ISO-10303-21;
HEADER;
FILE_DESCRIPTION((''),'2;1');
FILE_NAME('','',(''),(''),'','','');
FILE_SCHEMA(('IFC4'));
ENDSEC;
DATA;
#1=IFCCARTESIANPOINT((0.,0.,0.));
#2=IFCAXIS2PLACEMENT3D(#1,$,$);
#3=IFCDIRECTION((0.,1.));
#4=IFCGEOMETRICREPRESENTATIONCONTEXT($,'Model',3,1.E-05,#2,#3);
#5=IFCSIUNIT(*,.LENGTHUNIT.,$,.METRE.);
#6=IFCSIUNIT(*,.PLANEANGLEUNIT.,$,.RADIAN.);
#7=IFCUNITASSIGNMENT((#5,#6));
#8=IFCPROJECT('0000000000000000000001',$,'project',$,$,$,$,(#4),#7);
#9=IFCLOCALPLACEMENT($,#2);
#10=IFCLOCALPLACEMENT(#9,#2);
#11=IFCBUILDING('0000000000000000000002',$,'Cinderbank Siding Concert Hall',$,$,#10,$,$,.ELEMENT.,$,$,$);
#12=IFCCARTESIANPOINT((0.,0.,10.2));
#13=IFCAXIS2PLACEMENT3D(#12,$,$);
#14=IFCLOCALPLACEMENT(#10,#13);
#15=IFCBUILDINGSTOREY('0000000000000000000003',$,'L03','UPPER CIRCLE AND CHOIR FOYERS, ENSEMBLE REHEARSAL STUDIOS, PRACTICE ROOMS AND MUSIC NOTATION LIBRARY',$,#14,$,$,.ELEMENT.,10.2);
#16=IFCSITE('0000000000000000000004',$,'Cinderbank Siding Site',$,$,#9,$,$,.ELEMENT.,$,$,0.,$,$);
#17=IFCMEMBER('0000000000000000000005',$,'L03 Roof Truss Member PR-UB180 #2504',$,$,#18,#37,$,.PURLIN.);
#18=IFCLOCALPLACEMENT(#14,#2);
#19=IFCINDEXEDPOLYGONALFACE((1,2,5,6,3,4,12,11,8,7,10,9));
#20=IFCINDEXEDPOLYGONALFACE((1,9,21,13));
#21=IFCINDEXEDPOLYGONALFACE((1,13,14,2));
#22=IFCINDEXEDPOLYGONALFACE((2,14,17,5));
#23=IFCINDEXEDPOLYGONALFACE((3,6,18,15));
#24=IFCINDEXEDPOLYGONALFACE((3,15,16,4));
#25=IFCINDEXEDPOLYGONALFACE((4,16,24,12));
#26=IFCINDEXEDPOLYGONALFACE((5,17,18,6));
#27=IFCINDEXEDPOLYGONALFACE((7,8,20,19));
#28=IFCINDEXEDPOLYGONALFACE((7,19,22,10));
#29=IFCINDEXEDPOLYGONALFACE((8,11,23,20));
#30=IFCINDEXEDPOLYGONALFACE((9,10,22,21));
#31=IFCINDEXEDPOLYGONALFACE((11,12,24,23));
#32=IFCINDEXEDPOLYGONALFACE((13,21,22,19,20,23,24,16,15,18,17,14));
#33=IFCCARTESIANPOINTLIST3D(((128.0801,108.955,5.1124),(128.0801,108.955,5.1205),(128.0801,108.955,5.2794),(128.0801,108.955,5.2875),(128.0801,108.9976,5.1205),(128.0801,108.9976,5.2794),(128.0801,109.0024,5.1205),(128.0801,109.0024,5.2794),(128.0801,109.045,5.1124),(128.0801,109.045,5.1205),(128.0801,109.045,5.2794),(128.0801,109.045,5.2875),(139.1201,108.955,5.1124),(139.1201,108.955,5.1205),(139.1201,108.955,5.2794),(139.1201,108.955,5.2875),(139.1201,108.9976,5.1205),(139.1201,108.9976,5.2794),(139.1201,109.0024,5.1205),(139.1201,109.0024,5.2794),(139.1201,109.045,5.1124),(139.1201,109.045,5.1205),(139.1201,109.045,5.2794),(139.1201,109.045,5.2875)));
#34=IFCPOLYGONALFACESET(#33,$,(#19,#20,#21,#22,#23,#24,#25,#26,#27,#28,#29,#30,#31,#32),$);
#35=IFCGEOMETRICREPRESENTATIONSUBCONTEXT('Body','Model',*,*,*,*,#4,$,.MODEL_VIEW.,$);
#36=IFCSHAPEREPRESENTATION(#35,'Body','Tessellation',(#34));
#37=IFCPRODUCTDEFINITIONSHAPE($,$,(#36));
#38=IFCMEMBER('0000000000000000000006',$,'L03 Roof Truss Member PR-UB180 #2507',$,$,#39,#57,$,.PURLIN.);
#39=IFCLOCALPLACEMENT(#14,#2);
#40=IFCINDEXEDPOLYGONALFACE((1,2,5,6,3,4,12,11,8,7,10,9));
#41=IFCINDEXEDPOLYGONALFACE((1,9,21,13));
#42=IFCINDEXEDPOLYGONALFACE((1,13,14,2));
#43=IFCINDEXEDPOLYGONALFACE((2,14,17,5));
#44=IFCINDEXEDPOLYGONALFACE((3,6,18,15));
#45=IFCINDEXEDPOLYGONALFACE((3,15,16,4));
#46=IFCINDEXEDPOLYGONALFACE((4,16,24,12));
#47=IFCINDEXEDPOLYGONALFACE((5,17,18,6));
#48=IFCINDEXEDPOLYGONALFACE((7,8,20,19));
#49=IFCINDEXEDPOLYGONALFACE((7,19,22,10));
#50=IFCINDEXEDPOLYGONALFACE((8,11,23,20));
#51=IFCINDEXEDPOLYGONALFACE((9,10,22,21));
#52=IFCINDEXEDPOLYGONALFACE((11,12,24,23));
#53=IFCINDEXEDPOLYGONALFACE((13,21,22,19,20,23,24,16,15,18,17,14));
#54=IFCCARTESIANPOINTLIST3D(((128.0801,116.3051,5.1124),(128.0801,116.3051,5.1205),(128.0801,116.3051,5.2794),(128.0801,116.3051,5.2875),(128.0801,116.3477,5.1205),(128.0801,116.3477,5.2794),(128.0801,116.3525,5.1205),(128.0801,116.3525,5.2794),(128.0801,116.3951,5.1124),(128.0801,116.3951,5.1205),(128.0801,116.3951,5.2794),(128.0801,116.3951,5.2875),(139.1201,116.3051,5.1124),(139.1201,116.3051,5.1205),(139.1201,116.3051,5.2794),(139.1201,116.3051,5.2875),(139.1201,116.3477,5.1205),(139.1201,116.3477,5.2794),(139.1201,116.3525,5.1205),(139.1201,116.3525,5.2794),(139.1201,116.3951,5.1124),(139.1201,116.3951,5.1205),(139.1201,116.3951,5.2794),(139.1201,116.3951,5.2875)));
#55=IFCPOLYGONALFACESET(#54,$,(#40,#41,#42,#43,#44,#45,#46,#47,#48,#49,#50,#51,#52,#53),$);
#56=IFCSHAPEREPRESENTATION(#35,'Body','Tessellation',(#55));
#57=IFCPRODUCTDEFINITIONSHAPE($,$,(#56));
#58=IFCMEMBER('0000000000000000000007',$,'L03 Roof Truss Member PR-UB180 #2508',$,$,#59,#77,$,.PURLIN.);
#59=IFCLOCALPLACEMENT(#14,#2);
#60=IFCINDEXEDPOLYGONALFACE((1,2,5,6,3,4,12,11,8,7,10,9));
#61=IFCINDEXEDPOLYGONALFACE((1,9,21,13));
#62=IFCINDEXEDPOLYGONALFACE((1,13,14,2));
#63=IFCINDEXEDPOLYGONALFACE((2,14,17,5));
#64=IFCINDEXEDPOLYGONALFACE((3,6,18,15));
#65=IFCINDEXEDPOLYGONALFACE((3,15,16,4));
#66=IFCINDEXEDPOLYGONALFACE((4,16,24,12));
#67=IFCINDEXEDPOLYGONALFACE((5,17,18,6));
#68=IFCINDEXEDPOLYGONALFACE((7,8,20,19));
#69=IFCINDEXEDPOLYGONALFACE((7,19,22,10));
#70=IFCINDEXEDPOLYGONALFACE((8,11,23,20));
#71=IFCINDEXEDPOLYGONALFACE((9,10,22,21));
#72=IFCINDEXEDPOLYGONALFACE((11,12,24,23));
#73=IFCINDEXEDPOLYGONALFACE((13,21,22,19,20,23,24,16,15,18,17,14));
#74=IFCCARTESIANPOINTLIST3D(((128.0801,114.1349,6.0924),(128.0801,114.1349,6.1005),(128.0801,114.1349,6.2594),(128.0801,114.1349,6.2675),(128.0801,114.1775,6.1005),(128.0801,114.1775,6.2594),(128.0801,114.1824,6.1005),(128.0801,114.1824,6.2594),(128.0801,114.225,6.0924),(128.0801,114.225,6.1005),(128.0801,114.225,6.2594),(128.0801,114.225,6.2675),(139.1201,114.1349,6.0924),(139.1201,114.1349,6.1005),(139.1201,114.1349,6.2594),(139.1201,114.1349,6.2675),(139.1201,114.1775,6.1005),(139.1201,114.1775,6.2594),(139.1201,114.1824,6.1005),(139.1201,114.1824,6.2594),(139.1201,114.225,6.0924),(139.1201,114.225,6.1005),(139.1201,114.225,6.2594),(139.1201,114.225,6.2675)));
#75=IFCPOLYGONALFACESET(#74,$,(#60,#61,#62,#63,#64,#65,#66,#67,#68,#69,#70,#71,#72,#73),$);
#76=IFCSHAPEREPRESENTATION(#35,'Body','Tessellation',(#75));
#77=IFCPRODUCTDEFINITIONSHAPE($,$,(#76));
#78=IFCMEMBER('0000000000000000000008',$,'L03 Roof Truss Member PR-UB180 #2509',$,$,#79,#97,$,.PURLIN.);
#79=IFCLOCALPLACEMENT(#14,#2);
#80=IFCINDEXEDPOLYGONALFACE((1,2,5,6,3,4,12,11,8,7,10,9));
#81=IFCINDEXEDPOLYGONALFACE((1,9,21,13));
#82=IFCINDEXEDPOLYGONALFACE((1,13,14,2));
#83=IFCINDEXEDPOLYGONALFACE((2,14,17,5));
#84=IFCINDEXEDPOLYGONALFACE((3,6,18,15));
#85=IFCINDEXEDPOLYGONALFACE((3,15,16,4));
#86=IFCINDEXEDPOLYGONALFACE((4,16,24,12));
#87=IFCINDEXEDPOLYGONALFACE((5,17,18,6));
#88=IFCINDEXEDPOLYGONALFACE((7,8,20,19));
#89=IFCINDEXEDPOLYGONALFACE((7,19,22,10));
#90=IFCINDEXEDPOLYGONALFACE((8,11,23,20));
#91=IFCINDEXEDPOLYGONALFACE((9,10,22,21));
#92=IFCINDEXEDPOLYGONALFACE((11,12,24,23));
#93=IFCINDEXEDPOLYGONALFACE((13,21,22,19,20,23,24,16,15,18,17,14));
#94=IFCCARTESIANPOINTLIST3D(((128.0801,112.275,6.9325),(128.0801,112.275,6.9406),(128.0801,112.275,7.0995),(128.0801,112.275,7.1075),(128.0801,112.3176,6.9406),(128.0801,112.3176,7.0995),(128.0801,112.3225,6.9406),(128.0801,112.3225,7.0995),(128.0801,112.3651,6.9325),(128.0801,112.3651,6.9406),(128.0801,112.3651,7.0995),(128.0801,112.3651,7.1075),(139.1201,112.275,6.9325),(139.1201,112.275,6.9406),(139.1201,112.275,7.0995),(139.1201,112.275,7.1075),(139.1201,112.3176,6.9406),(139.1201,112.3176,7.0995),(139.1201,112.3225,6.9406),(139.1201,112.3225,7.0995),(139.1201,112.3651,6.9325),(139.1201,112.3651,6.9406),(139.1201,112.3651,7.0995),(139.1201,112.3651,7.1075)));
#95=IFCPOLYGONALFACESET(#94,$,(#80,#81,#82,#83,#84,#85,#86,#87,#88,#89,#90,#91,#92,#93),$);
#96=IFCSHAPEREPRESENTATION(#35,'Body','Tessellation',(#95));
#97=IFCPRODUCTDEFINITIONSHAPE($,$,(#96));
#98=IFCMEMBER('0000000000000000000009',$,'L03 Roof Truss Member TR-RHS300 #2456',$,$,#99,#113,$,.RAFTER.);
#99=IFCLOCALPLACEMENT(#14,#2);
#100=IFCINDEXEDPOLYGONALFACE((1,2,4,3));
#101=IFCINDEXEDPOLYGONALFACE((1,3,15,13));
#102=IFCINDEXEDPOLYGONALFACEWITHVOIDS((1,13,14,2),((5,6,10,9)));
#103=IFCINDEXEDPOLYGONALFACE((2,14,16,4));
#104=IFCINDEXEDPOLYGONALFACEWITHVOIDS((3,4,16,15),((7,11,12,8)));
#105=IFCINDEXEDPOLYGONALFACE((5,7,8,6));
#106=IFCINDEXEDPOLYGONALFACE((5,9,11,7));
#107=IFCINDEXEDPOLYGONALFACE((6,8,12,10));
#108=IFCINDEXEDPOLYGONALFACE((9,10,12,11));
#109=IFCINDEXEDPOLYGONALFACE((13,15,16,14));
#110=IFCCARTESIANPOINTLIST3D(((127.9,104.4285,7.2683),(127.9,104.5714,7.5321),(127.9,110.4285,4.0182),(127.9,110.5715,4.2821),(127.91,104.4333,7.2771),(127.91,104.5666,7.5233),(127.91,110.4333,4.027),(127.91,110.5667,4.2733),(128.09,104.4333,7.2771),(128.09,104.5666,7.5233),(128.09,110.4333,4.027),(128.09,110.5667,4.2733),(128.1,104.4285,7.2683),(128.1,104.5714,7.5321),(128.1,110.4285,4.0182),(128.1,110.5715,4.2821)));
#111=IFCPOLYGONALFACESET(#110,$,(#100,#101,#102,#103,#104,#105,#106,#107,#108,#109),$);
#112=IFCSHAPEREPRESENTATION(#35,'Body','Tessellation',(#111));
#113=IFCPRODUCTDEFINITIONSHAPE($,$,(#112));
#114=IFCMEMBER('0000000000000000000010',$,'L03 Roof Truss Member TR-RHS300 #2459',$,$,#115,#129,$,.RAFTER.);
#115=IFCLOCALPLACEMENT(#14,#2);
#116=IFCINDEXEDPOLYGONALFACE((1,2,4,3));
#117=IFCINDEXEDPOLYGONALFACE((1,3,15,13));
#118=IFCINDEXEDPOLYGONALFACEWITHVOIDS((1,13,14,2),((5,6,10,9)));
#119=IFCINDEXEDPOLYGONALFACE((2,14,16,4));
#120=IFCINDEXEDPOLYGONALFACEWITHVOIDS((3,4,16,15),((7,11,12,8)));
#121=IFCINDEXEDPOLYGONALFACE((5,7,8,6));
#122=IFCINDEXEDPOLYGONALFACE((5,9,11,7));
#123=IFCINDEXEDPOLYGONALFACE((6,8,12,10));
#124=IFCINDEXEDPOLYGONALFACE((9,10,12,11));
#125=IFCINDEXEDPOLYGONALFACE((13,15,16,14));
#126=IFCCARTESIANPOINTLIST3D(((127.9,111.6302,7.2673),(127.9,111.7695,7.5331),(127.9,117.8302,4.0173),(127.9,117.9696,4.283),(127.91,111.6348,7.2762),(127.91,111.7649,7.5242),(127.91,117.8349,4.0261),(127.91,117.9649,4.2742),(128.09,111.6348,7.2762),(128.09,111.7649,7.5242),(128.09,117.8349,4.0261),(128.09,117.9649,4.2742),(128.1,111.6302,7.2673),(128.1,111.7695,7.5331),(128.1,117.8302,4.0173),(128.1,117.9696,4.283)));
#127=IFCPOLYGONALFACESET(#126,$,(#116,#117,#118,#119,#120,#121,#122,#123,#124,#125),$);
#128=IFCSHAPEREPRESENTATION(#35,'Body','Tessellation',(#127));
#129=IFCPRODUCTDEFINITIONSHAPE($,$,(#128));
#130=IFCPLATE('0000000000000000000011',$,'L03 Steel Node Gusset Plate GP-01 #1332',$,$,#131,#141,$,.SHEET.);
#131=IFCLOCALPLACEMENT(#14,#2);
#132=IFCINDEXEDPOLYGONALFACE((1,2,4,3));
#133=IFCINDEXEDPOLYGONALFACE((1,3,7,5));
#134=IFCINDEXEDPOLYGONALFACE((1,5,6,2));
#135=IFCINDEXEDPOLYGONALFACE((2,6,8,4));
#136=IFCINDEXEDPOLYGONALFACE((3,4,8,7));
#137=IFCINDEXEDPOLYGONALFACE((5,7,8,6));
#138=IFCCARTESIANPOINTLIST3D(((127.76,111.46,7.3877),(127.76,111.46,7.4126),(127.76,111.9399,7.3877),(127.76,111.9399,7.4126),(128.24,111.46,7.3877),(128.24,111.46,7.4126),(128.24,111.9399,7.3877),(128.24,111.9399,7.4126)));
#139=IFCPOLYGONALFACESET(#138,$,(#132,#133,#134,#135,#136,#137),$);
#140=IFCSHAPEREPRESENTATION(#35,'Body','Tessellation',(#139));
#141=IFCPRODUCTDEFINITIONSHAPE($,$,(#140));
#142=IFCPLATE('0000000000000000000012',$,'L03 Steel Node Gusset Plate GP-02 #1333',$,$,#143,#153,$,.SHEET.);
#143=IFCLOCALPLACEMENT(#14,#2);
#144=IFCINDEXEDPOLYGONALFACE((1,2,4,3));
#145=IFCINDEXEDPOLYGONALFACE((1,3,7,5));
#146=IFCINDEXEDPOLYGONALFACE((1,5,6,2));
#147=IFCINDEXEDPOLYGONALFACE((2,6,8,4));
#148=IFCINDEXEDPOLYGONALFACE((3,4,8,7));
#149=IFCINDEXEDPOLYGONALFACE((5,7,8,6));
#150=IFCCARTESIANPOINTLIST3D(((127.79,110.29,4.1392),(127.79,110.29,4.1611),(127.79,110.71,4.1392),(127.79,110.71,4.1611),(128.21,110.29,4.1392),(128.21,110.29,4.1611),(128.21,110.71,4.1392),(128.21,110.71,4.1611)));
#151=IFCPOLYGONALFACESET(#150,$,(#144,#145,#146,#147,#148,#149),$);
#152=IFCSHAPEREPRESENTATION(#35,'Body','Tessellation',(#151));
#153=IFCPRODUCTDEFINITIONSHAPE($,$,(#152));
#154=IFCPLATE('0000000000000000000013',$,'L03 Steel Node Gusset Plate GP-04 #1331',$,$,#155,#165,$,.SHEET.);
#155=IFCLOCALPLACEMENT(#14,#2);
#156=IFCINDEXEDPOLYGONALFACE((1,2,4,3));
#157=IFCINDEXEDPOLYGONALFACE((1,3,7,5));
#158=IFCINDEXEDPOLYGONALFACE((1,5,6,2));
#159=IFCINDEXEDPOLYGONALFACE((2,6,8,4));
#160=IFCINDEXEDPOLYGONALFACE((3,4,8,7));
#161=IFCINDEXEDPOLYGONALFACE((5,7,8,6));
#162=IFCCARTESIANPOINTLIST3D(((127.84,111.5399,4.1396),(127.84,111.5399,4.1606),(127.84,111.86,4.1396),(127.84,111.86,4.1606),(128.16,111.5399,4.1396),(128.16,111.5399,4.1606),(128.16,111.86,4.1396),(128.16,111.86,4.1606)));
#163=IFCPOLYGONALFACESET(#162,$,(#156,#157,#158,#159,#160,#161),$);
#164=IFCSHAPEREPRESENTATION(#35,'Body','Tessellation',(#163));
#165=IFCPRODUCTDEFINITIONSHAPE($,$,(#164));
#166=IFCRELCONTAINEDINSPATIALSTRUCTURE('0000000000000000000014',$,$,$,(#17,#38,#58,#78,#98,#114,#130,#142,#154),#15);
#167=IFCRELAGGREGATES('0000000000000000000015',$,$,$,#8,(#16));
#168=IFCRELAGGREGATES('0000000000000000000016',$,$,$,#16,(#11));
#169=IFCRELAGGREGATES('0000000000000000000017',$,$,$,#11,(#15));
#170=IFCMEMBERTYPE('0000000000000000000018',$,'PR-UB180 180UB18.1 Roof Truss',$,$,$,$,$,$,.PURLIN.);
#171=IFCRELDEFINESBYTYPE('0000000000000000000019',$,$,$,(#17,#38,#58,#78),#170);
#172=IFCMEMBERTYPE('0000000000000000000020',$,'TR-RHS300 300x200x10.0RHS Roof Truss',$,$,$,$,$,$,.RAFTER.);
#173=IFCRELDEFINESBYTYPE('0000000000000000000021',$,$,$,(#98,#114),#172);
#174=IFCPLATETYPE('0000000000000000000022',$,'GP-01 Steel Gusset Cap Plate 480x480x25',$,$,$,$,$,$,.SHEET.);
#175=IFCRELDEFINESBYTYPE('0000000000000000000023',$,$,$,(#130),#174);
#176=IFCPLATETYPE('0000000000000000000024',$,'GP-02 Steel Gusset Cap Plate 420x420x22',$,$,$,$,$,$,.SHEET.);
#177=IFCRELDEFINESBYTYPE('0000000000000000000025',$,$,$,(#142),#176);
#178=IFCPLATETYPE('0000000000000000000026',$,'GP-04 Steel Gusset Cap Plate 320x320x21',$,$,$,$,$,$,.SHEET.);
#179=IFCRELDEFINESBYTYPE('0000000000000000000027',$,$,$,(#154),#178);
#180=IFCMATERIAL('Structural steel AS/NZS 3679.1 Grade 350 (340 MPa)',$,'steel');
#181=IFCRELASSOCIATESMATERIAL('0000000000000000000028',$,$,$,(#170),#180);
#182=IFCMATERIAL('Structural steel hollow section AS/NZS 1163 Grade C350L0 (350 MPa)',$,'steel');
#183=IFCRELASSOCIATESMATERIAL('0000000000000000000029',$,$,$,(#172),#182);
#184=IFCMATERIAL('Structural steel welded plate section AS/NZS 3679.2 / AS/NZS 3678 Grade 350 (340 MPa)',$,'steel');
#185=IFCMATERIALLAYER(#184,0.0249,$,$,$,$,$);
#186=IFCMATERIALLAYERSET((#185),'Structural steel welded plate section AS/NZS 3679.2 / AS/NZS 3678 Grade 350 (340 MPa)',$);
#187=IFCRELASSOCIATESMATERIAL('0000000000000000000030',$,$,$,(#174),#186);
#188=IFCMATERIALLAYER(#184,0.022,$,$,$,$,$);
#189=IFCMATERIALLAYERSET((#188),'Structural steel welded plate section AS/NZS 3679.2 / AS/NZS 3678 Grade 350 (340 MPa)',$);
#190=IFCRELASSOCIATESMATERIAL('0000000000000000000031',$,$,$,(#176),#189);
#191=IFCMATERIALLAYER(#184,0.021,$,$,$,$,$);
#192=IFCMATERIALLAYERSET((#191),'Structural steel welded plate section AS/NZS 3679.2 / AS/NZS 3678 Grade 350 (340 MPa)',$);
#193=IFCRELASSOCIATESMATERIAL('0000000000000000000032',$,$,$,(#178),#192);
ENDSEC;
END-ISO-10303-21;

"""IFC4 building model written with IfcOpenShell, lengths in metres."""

from ifc_helpers import new_model, si_unit, direction, frame, origin, origin_2d, place, context, subcontext, project, spatial, rectangle, hollow_rectangle, i_section, extrude, material, layer, layer_set, material_profile, profile_set, type_object, element, save


model = new_model("IFC4")

# Units and contexts
model_context = context("Model", 3, precision=1e-05, world=origin(), true_north=direction((0.0, 1.0)))
body_context = subcontext(model_context, "Body", "Model", "MODEL_VIEW")
ifc_project = project(units=[si_unit("LENGTHUNIT", "METRE"), si_unit("PLANEANGLEUNIT", "RADIAN")], contexts=[model_context])

# Site, building, storey
site_placement = place(None, origin())
site = spatial("IfcSite", under=ifc_project, at=site_placement, Name="Cinderbank Siding Site", CompositionType="ELEMENT", RefElevation=0.0)
building_placement = place(site_placement, origin())
building = spatial("IfcBuilding", under=site, at=building_placement, Name="Cinderbank Siding Concert Hall", CompositionType="ELEMENT")
storey_placement = place(building_placement, frame((0.0, 0.0, 10.2)))
storey = spatial("IfcBuildingStorey", under=building, at=storey_placement, Name="L03", Description="UPPER CIRCLE AND CHOIR FOYERS, ENSEMBLE REHEARSAL STUDIOS, PRACTICE ROOMS AND MUSIC NOTATION LIBRARY", CompositionType="ELEMENT", Elevation=10.2)

# Shared definitions
ifc_material_1 = material(Name="Structural steel AS/NZS 3679.1 Grade 350 (340 MPa)", Category="steel")

# Shared definitions
ifc_material_2 = material(Name="Structural steel welded plate section AS/NZS 3679.2 / AS/NZS 3678 Grade 350 (340 MPa)", Category="steel")

# Members
ifc_material_3 = material(Name="Structural steel hollow section AS/NZS 1163 Grade C350L0 (350 MPa)", Category="steel")
ifc_material_profile_1 = material_profile(ifc_material_1, i_section(OverallWidth=0.0901, OverallDepth=0.175, WebThickness=0.0049, FlangeThickness=0.0081, at=origin_2d()), Name="180UB18.1", Category="LoadBearing")
ifc_profile_set_1 = profile_set([ifc_material_profile_1], Name="Structural steel AS/NZS 3679.1 Grade 350 (340 MPa)")
member_type_1 = type_object("IfcMemberType", Name="PR-UB180 180UB18.1 Roof Truss", PredefinedType="PURLIN", material=ifc_profile_set_1)
for number, where, z_axis, x_axis, name in (
    (1, (128.0801, 109.0, 5.2), (1.0, 0.0, 0.0), (0.0, 1.0, 0.0), "L03 Roof Truss Member PR-UB180 #2504"),
    (2, (128.0801, 116.3501, 5.2), (1.0, 0.0, 0.0), (0.0, 1.0, 0.0), "L03 Roof Truss Member PR-UB180 #2507"),
    (3, (128.0801, 114.1799, 6.1799), (1.0, 0.0, 0.0), (0.0, 1.0, 0.0), "L03 Roof Truss Member PR-UB180 #2508"),
    (4, (128.0801, 112.3201, 7.02), (1.0, 0.0, 0.0), (0.0, 1.0, 0.0), "L03 Roof Truss Member PR-UB180 #2509"),
):
    element("IfcMember", number, at=place(storey_placement, frame(where, z_axis=z_axis, x_axis=x_axis)), inside=storey, type_object=member_type_1, Name=name, PredefinedType="PURLIN", context=body_context, shape_type="SweptSolid", body=[
        extrude(i_section(OverallWidth=0.0901, OverallDepth=0.175, WebThickness=0.0049, FlangeThickness=0.0081, at=origin_2d()), origin(), (0.0, 0.0, 1.0), 11.04),
    ])
ifc_material_profile_2 = material_profile(ifc_material_3, hollow_rectangle(XDim=0.2, YDim=0.3, WallThickness=0.01, at=origin_2d()), Name="300x200x10.0RHS", Category="LoadBearing")
ifc_profile_set_2 = profile_set([ifc_material_profile_2], Name="Structural steel hollow section AS/NZS 1163 Grade C350L0 (350 MPa)")
member_type_2 = type_object("IfcMemberType", Name="TR-RHS300 300x200x10.0RHS Roof Truss", PredefinedType="RAFTER", material=ifc_profile_set_2)
member_1_placement = place(storey_placement, frame((128.0, 110.5, 4.1501), z_axis=(0.0, -0.879292, 0.476283), x_axis=(1.0, 0.0, 0.0)))
element("IfcMember", 5, at=member_1_placement, inside=storey, type_object=member_type_2, Name="L03 Roof Truss Member TR-RHS300 #2456", PredefinedType="RAFTER", context=body_context, shape_type="SweptSolid", body=[
    extrude(hollow_rectangle(XDim=0.2, YDim=0.3, WallThickness=0.01, at=origin_2d()), origin(), (0.0, 0.0, 1.0), 6.8237),
])
member_2_placement = place(storey_placement, frame((128.0, 117.8999, 4.1501), z_axis=(0.0, -0.88569, 0.464277), x_axis=(1.0, 0.0, 0.0)))
element("IfcMember", 6, at=member_2_placement, inside=storey, type_object=member_type_2, Name="L03 Roof Truss Member TR-RHS300 #2459", PredefinedType="RAFTER", context=body_context, shape_type="SweptSolid", body=[
    extrude(hollow_rectangle(XDim=0.2, YDim=0.3, WallThickness=0.01, at=origin_2d()), origin(), (0.0, 0.0, 1.0), 7.0002),
])

# Plates
ifc_layer_1 = layer(ifc_material_2, 0.0249)
ifc_layer_set_1 = layer_set([ifc_layer_1], Name="Structural steel welded plate section AS/NZS 3679.2 / AS/NZS 3678 Grade 350 (340 MPa)")
plate_type_1 = type_object("IfcPlateType", Name="GP-01 Steel Gusset Cap Plate 480x480x25", PredefinedType="SHEET", material=ifc_layer_set_1)
plate_1_placement = place(storey_placement, frame((128.0, 111.7, 7.3877), z_axis=(0.0, 0.0, 1.0), x_axis=(1.0, 0.0, 0.0)))
element("IfcPlate", 7, at=plate_1_placement, inside=storey, type_object=plate_type_1, Name="L03 Steel Node Gusset Plate GP-01 #1332", PredefinedType="SHEET", context=body_context, shape_type="SweptSolid", body=[
    extrude(rectangle(XDim=0.48, YDim=0.48, at=origin_2d()), origin(), (0.0, 0.0, 1.0), 0.0249),
])
ifc_layer_2 = layer(ifc_material_2, 0.022)
ifc_layer_set_2 = layer_set([ifc_layer_2], Name="Structural steel welded plate section AS/NZS 3679.2 / AS/NZS 3678 Grade 350 (340 MPa)")
plate_type_2 = type_object("IfcPlateType", Name="GP-02 Steel Gusset Cap Plate 420x420x22", PredefinedType="SHEET", material=ifc_layer_set_2)
plate_2_placement = place(storey_placement, frame((128.0, 110.5, 4.1392), z_axis=(0.0, 0.0, 1.0), x_axis=(0.0, 1.0, 0.0)))
element("IfcPlate", 8, at=plate_2_placement, inside=storey, type_object=plate_type_2, Name="L03 Steel Node Gusset Plate GP-02 #1333", PredefinedType="SHEET", context=body_context, shape_type="SweptSolid", body=[
    extrude(rectangle(XDim=0.4199, YDim=0.4199, at=origin_2d()), origin(), (0.0, 0.0, 1.0), 0.022),
])
ifc_layer_3 = layer(ifc_material_2, 0.021)
ifc_layer_set_3 = layer_set([ifc_layer_3], Name="Structural steel welded plate section AS/NZS 3679.2 / AS/NZS 3678 Grade 350 (340 MPa)")
plate_type_3 = type_object("IfcPlateType", Name="GP-04 Steel Gusset Cap Plate 320x320x21", PredefinedType="SHEET", material=ifc_layer_set_3)
plate_3_placement = place(storey_placement, frame((128.0, 111.7, 4.1396), z_axis=(0.0, 0.0, 1.0), x_axis=(1.0, 0.0, 0.0)))
element("IfcPlate", 9, at=plate_3_placement, inside=storey, type_object=plate_type_3, Name="L03 Steel Node Gusset Plate GP-04 #1331", PredefinedType="SHEET", context=body_context, shape_type="SweptSolid", body=[
    extrude(rectangle(XDim=0.3201, YDim=0.3201, at=origin_2d()), origin(), (0.0, 0.0, 1.0), 0.021),
])

save(model, "model.ifc")
